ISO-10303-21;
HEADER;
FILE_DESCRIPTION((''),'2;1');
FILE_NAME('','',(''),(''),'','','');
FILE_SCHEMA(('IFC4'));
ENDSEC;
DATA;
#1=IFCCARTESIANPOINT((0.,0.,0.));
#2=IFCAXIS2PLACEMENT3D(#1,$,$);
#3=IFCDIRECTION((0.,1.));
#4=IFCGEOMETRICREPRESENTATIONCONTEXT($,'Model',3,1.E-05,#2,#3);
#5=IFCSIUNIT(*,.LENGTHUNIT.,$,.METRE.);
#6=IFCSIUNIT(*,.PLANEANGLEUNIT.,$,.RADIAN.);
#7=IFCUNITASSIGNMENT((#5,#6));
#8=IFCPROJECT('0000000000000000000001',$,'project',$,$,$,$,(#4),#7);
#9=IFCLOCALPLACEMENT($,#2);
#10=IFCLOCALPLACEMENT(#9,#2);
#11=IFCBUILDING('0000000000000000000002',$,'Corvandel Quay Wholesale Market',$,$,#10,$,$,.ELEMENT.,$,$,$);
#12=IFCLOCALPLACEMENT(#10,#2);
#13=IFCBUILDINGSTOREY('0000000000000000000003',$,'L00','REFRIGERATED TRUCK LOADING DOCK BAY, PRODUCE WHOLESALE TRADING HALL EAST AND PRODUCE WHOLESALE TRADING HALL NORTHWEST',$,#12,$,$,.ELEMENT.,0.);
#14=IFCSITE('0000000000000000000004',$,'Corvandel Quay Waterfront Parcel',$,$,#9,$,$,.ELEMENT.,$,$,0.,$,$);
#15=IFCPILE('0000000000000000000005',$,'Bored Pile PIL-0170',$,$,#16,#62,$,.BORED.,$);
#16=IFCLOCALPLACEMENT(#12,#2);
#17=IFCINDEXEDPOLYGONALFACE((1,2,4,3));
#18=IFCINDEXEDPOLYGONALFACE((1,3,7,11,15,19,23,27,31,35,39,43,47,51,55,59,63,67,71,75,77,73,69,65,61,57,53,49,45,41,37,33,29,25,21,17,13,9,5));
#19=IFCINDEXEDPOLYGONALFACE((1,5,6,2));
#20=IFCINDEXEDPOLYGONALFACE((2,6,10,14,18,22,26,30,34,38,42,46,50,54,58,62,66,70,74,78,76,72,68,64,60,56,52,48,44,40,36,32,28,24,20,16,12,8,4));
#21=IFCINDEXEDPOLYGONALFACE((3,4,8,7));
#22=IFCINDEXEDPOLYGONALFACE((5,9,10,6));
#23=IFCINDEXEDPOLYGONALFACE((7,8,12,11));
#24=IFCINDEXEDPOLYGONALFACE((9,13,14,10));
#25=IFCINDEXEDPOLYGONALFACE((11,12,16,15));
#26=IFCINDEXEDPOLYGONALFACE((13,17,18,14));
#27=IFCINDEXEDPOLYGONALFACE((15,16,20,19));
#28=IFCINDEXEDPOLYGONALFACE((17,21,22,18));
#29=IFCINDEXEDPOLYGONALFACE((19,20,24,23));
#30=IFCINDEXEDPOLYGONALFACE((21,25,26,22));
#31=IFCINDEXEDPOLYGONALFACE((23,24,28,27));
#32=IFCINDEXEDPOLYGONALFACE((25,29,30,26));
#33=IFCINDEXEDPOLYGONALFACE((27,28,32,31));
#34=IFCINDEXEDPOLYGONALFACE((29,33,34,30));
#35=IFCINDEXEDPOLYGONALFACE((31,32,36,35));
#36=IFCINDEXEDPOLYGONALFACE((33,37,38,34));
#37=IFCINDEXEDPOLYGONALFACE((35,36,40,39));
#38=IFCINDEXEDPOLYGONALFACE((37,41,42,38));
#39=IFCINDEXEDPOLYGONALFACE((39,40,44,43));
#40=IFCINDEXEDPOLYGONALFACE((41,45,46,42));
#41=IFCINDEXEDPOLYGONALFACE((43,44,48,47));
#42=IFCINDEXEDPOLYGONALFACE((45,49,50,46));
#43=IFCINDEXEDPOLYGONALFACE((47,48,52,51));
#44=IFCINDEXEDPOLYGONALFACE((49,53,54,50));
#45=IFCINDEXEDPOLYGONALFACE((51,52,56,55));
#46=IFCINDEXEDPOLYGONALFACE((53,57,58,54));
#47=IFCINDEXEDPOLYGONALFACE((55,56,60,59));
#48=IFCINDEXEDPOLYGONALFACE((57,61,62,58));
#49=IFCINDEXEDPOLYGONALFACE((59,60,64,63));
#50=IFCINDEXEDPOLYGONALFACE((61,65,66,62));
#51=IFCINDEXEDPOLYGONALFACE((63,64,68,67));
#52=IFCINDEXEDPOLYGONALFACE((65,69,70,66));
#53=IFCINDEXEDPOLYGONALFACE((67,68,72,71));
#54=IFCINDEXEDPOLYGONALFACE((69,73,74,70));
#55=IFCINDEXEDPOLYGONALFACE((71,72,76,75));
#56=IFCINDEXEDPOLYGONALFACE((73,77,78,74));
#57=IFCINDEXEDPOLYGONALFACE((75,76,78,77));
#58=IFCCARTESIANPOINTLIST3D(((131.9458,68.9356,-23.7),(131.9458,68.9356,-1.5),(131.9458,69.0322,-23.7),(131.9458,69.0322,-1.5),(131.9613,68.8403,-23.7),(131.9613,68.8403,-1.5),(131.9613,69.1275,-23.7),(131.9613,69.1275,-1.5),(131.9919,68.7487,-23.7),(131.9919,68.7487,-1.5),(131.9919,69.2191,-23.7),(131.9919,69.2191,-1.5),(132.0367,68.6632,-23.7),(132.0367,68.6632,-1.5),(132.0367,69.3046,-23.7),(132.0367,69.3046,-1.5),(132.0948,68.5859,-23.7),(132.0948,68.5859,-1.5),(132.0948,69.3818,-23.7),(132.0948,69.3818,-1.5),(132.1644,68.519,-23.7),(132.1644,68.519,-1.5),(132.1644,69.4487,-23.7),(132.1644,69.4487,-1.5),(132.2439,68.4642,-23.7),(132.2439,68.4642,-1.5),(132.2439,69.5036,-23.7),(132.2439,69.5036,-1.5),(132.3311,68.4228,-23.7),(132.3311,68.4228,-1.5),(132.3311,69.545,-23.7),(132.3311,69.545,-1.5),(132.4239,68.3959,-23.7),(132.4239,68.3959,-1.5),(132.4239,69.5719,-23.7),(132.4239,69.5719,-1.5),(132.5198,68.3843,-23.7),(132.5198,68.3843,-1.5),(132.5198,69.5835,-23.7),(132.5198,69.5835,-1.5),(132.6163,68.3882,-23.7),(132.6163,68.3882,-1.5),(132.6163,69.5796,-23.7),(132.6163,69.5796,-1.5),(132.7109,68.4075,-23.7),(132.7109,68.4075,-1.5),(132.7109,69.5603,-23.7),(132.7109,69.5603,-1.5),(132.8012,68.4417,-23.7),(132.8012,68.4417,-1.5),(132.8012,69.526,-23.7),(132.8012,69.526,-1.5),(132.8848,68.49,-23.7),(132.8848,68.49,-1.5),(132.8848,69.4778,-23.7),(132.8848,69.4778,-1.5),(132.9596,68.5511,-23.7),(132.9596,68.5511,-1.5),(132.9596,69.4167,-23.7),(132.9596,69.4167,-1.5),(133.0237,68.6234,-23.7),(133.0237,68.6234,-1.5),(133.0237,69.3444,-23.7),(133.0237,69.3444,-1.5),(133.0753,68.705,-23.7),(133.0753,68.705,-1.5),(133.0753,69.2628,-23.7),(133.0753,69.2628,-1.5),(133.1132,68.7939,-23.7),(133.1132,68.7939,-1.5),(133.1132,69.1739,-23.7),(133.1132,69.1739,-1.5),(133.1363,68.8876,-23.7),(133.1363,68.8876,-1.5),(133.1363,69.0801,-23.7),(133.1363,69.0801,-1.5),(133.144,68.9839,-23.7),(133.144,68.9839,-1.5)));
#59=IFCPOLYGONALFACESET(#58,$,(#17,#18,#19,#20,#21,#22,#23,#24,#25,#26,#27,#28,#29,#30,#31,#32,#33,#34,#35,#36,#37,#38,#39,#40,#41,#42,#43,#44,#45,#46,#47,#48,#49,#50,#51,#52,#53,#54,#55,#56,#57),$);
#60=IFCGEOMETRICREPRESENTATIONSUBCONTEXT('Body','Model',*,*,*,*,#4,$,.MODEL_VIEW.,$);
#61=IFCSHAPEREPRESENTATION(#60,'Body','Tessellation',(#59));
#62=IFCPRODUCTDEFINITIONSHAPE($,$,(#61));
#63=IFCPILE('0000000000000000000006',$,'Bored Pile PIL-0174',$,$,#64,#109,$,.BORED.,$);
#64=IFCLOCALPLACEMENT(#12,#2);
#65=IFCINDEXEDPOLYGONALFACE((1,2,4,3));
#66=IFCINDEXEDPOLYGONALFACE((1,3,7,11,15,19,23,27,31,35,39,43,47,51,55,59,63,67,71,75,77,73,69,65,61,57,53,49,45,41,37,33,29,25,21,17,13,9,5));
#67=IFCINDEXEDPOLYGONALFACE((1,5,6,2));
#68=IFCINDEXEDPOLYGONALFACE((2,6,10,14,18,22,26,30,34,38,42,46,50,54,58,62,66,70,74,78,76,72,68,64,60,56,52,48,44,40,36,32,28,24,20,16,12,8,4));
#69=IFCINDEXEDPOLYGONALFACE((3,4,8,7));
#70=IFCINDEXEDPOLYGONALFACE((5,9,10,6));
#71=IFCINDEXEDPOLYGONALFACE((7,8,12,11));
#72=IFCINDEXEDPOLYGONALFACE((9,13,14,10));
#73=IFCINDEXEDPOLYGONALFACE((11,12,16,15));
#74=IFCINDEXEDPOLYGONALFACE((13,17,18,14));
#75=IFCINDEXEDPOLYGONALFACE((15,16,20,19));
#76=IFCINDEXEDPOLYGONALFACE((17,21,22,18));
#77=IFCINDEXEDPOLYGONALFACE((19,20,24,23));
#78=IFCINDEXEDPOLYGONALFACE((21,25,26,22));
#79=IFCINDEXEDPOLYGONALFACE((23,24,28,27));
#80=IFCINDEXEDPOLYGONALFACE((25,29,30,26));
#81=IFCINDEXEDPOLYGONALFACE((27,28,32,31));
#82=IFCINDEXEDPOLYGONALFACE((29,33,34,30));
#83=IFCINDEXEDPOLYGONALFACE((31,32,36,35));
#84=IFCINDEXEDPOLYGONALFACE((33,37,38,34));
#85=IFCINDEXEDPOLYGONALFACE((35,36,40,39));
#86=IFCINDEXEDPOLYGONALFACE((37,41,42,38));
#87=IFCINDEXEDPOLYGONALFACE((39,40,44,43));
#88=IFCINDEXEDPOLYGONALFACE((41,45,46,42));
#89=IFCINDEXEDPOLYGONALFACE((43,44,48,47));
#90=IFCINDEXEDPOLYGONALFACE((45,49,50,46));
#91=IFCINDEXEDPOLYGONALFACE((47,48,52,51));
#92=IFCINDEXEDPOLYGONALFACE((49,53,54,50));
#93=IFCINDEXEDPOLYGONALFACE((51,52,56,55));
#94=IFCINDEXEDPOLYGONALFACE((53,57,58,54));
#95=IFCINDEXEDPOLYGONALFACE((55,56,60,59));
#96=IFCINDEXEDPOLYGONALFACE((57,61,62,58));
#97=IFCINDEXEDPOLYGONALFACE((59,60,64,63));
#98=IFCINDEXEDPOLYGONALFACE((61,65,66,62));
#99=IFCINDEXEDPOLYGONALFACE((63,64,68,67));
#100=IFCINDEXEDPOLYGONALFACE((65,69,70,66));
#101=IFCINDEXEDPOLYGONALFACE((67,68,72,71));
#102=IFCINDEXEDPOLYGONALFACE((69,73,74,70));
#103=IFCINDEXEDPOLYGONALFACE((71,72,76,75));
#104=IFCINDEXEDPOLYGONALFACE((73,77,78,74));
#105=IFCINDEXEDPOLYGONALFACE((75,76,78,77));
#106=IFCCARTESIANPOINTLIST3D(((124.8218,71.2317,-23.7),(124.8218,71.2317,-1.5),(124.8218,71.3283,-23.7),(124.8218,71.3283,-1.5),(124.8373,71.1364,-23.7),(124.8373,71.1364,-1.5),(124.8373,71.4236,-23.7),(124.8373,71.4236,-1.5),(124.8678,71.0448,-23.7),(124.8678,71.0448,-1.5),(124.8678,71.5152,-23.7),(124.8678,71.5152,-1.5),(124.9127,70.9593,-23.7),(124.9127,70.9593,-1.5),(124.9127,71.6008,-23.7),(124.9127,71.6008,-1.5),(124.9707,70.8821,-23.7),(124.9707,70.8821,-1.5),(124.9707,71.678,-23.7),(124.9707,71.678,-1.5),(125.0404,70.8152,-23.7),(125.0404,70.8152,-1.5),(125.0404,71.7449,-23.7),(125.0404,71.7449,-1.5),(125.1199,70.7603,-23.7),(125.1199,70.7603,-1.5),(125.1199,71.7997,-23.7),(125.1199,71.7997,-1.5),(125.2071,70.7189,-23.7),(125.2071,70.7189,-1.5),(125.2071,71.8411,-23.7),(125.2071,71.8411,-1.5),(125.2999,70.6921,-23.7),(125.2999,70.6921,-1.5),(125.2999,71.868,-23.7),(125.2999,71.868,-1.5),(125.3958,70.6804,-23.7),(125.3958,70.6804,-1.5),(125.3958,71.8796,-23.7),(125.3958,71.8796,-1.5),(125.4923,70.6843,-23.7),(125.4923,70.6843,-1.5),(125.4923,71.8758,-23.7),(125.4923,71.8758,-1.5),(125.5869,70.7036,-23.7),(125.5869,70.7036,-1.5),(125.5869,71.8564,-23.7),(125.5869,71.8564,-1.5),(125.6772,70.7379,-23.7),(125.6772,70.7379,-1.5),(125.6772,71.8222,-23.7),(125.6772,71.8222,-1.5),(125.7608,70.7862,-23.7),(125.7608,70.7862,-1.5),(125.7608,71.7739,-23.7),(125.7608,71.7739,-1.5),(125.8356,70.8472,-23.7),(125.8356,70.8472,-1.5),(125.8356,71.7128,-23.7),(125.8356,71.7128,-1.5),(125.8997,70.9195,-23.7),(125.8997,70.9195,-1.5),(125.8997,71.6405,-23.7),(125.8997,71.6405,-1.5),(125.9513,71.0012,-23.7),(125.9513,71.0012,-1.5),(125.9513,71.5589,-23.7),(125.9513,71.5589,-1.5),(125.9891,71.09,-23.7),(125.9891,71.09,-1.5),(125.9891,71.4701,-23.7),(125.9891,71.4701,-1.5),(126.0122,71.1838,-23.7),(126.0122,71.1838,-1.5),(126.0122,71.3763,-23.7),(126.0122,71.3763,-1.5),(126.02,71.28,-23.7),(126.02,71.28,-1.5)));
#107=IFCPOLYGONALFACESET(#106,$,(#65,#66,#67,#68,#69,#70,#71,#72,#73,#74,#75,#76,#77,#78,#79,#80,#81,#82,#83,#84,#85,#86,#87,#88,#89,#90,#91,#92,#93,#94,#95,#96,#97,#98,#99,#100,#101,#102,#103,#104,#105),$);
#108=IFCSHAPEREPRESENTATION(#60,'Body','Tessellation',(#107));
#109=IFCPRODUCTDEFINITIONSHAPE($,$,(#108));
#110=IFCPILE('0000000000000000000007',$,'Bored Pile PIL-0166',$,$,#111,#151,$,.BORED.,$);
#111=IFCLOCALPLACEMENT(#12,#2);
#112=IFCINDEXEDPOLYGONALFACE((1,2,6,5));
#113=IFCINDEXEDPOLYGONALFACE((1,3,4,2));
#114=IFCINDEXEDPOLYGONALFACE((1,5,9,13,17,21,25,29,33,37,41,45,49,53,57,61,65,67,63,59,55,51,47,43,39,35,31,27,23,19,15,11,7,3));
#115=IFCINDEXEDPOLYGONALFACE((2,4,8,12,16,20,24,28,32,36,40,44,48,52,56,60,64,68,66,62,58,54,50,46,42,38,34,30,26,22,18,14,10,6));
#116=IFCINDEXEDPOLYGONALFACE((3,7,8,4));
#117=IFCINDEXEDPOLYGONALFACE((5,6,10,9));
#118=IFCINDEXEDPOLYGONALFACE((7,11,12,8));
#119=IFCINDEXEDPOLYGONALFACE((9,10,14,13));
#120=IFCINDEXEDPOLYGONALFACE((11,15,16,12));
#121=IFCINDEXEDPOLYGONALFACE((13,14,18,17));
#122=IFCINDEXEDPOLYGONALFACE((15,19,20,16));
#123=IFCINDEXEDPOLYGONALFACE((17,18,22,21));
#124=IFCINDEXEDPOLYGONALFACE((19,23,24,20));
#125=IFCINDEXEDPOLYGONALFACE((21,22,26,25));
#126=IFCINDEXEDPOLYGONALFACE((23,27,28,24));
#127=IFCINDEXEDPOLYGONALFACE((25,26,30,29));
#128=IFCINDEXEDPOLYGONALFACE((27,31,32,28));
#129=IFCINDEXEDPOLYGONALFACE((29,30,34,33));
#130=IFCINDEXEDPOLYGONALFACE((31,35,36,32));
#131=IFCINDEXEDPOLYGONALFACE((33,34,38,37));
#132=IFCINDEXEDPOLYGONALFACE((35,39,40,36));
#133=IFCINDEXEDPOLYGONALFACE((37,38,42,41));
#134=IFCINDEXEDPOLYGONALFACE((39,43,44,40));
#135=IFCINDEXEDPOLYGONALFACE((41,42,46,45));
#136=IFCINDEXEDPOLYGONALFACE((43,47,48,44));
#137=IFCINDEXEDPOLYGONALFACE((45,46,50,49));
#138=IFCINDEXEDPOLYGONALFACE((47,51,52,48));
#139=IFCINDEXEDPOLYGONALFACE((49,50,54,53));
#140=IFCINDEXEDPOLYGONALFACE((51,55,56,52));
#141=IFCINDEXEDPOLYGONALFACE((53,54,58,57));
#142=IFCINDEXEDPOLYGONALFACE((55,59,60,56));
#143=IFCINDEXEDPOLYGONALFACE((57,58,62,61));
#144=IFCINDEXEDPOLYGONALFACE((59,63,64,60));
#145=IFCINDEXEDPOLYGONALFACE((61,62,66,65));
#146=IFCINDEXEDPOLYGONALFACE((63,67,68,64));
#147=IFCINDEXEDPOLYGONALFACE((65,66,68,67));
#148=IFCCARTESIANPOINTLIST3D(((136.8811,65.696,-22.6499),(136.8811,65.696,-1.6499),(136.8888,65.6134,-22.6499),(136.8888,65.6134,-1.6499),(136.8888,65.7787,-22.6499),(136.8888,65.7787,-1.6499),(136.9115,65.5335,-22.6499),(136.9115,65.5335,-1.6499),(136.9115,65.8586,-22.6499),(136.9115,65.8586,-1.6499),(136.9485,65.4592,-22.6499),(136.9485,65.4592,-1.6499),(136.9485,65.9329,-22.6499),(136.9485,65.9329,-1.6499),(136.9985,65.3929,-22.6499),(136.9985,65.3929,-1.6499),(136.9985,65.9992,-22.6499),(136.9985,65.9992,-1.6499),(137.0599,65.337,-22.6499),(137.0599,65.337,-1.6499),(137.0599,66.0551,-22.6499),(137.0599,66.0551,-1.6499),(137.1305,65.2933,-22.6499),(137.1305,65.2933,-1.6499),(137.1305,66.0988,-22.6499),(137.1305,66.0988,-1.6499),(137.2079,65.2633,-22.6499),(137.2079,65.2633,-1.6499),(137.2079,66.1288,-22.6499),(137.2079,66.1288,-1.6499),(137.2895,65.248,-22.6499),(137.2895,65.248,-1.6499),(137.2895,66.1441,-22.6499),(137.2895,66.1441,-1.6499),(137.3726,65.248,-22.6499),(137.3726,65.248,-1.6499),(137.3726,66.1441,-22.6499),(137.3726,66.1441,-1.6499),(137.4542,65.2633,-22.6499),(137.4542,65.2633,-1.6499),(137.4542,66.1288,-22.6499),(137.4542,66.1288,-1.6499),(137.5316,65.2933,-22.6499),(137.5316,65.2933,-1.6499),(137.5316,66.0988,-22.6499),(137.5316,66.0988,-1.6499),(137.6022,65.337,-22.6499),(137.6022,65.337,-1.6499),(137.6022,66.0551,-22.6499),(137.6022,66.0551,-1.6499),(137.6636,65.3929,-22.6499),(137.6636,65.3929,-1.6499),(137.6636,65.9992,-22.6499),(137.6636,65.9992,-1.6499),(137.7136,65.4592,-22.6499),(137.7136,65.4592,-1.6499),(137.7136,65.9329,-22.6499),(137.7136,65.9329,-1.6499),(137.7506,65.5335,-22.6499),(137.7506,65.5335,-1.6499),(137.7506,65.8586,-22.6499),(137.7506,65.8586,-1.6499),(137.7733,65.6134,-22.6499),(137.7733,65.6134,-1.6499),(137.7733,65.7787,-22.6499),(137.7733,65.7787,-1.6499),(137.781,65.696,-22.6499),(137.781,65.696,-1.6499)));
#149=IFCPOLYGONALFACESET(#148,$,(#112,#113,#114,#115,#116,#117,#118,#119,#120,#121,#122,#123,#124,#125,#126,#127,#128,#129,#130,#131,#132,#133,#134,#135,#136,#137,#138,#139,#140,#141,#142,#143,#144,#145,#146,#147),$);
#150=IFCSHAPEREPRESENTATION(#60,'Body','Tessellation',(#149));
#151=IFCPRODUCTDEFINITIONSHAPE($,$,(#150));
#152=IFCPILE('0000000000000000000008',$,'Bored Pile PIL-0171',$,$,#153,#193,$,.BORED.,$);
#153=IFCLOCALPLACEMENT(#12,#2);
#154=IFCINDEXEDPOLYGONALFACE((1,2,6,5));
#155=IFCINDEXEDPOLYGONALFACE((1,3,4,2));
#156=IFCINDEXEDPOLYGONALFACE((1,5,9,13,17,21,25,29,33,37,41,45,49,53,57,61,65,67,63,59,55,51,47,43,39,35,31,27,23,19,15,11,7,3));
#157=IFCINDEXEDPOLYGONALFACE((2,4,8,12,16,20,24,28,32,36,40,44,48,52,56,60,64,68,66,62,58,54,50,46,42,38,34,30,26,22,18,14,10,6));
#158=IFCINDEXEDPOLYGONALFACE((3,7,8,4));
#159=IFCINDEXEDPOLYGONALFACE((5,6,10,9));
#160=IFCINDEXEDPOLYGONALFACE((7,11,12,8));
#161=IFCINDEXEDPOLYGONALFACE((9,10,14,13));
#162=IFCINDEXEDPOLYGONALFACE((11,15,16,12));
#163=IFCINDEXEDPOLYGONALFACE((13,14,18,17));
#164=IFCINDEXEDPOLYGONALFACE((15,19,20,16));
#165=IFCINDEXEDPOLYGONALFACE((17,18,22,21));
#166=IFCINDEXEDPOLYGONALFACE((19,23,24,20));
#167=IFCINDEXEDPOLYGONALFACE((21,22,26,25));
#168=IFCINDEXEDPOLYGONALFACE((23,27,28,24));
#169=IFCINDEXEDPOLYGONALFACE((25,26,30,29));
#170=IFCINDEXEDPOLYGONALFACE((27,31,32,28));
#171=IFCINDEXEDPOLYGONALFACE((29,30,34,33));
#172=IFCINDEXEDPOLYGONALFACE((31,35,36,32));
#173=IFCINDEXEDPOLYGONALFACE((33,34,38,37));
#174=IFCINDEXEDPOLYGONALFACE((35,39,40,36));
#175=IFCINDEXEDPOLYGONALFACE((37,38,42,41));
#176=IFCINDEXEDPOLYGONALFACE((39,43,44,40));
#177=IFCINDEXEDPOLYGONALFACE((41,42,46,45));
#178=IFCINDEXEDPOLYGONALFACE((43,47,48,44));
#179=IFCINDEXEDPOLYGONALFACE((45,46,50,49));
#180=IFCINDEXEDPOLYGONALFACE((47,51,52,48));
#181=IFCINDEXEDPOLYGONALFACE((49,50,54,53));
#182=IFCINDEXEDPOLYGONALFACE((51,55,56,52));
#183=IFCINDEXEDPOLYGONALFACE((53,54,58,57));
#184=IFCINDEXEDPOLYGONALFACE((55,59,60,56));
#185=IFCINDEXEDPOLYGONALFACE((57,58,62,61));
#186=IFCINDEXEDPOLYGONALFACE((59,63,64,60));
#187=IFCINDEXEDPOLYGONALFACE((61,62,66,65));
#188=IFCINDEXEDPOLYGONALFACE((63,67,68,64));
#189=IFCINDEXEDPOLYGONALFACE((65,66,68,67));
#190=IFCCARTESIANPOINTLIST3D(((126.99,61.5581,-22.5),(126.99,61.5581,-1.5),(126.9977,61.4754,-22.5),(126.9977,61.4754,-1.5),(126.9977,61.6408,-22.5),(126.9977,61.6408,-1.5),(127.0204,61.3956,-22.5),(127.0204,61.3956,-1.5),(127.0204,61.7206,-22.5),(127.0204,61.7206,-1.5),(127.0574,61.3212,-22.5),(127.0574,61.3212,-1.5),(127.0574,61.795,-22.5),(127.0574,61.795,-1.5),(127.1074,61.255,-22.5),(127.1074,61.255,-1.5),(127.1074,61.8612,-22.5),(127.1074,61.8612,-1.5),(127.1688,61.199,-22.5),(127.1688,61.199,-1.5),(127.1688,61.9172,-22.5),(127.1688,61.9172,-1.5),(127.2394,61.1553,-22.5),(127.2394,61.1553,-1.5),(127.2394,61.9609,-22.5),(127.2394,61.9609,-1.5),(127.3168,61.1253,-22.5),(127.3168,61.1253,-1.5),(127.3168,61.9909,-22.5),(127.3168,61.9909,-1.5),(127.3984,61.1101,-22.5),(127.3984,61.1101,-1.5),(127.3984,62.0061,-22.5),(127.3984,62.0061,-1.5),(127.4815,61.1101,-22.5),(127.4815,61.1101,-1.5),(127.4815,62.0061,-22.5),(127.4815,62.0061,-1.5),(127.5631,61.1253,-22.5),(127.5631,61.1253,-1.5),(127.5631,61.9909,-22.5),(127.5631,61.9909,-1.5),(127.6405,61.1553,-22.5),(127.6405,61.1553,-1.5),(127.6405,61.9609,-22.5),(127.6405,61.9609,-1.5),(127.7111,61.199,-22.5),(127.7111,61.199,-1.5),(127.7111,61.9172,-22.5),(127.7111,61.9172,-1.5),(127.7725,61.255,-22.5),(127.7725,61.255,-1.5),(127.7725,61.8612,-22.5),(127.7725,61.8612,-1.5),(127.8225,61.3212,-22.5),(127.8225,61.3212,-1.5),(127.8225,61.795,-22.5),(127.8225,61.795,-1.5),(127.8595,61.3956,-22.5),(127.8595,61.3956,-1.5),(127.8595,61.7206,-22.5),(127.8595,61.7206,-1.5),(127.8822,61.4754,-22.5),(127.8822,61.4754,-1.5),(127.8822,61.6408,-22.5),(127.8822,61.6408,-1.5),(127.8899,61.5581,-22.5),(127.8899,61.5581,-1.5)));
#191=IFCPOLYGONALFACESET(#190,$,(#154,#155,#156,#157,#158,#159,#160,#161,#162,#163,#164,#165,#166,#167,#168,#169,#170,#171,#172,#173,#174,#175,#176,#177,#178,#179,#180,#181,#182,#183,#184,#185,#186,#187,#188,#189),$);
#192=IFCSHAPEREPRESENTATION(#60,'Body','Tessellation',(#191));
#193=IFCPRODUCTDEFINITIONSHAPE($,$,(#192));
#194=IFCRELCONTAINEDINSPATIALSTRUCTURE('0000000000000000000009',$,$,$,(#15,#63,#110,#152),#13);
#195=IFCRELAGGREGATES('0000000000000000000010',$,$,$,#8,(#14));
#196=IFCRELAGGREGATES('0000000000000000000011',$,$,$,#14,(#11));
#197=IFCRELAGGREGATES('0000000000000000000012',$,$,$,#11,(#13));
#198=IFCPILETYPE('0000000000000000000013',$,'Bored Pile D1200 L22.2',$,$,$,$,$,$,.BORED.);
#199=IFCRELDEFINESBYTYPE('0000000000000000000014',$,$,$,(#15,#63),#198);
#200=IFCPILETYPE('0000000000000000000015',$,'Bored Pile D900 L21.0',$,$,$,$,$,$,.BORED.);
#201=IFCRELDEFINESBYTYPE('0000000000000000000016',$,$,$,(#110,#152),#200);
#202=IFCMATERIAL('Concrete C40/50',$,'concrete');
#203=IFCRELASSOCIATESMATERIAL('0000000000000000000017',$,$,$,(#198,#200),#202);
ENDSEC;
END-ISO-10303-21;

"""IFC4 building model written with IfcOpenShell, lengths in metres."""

from ifc_helpers import new_model, si_unit, direction, frame, origin, origin_2d, place, context, subcontext, project, spatial, circle, extrude, material, material_profile, profile_set, type_object, element, save


model = new_model("IFC4")

# Units and contexts
model_context = context("Model", 3, precision=1e-05, world=origin(), true_north=direction((0.0, 1.0)))
body_context = subcontext(model_context, "Body", "Model", "MODEL_VIEW")
ifc_project = project(units=[si_unit("LENGTHUNIT", "METRE"), si_unit("PLANEANGLEUNIT", "RADIAN")], contexts=[model_context])

# Site, building, storey
site_placement = place(None, origin())
site = spatial("IfcSite", under=ifc_project, at=site_placement, Name="Corvandel Quay Waterfront Parcel", CompositionType="ELEMENT", RefElevation=0.0)
building_placement = place(site_placement, origin())
building = spatial("IfcBuilding", under=site, at=building_placement, Name="Corvandel Quay Wholesale Market", CompositionType="ELEMENT")
storey_placement = place(building_placement, origin())
storey = spatial("IfcBuildingStorey", under=building, at=storey_placement, Name="L00", Description="REFRIGERATED TRUCK LOADING DOCK BAY, PRODUCE WHOLESALE TRADING HALL EAST AND PRODUCE WHOLESALE TRADING HALL NORTHWEST", CompositionType="ELEMENT", Elevation=0.0)

# Piles
ifc_material_1 = material(Name="Concrete C40/50", Category="concrete")
ifc_material_profile_1 = material_profile(ifc_material_1, circle(Radius=0.6001, at=origin_2d()), Name="RC-PILE-D1200")
ifc_profile_set_1 = profile_set([ifc_material_profile_1], Name="Concrete C40/50")
pile_type_1 = type_object("IfcPileType", Name="Bored Pile D1200 L22.2", PredefinedType="BORED", material=ifc_profile_set_1)
for number, where, z_axis, x_axis, name in (
    (1, (132.5439, 68.9839, -1.5), (0.0, 0.0, -1.0), (1.0, 0.0, 0.0), "Bored Pile PIL-0170"),
    (2, (125.4199, 71.28, -1.5), (0.0, 0.0, -1.0), (1.0, 0.0, 0.0), "Bored Pile PIL-0174"),
):
    element("IfcPile", number, at=place(storey_placement, frame(where, z_axis=z_axis, x_axis=x_axis)), inside=storey, type_object=pile_type_1, Name=name, PredefinedType="BORED", context=body_context, shape_type="SweptSolid", body=[
        extrude(circle(Radius=0.6001, at=origin_2d()), origin(), (0.0, 0.0, 1.0), 22.2),
    ])
ifc_material_profile_2 = material_profile(ifc_material_1, circle(Radius=0.45, at=origin_2d()), Name="RC-PILE-D900")
ifc_profile_set_2 = profile_set([ifc_material_profile_2], Name="Concrete C40/50")
pile_type_2 = type_object("IfcPileType", Name="Bored Pile D900 L21.0", PredefinedType="BORED", material=ifc_profile_set_2)
for number, where, z_axis, x_axis, name in (
    (3, (137.3311, 65.696, -1.6499), (0.0, 0.0, -1.0), (1.0, 0.0, 0.0), "Bored Pile PIL-0166"),
    (4, (127.4399, 61.5581, -1.5), (0.0, 0.0, -1.0), (1.0, 0.0, 0.0), "Bored Pile PIL-0171"),
):
    element("IfcPile", number, at=place(storey_placement, frame(where, z_axis=z_axis, x_axis=x_axis)), inside=storey, type_object=pile_type_2, Name=name, PredefinedType="BORED", context=body_context, shape_type="SweptSolid", body=[
        extrude(circle(Radius=0.45, at=origin_2d()), origin(), (0.0, 0.0, 1.0), 21.0),
    ])

save(model, "model.ifc")
